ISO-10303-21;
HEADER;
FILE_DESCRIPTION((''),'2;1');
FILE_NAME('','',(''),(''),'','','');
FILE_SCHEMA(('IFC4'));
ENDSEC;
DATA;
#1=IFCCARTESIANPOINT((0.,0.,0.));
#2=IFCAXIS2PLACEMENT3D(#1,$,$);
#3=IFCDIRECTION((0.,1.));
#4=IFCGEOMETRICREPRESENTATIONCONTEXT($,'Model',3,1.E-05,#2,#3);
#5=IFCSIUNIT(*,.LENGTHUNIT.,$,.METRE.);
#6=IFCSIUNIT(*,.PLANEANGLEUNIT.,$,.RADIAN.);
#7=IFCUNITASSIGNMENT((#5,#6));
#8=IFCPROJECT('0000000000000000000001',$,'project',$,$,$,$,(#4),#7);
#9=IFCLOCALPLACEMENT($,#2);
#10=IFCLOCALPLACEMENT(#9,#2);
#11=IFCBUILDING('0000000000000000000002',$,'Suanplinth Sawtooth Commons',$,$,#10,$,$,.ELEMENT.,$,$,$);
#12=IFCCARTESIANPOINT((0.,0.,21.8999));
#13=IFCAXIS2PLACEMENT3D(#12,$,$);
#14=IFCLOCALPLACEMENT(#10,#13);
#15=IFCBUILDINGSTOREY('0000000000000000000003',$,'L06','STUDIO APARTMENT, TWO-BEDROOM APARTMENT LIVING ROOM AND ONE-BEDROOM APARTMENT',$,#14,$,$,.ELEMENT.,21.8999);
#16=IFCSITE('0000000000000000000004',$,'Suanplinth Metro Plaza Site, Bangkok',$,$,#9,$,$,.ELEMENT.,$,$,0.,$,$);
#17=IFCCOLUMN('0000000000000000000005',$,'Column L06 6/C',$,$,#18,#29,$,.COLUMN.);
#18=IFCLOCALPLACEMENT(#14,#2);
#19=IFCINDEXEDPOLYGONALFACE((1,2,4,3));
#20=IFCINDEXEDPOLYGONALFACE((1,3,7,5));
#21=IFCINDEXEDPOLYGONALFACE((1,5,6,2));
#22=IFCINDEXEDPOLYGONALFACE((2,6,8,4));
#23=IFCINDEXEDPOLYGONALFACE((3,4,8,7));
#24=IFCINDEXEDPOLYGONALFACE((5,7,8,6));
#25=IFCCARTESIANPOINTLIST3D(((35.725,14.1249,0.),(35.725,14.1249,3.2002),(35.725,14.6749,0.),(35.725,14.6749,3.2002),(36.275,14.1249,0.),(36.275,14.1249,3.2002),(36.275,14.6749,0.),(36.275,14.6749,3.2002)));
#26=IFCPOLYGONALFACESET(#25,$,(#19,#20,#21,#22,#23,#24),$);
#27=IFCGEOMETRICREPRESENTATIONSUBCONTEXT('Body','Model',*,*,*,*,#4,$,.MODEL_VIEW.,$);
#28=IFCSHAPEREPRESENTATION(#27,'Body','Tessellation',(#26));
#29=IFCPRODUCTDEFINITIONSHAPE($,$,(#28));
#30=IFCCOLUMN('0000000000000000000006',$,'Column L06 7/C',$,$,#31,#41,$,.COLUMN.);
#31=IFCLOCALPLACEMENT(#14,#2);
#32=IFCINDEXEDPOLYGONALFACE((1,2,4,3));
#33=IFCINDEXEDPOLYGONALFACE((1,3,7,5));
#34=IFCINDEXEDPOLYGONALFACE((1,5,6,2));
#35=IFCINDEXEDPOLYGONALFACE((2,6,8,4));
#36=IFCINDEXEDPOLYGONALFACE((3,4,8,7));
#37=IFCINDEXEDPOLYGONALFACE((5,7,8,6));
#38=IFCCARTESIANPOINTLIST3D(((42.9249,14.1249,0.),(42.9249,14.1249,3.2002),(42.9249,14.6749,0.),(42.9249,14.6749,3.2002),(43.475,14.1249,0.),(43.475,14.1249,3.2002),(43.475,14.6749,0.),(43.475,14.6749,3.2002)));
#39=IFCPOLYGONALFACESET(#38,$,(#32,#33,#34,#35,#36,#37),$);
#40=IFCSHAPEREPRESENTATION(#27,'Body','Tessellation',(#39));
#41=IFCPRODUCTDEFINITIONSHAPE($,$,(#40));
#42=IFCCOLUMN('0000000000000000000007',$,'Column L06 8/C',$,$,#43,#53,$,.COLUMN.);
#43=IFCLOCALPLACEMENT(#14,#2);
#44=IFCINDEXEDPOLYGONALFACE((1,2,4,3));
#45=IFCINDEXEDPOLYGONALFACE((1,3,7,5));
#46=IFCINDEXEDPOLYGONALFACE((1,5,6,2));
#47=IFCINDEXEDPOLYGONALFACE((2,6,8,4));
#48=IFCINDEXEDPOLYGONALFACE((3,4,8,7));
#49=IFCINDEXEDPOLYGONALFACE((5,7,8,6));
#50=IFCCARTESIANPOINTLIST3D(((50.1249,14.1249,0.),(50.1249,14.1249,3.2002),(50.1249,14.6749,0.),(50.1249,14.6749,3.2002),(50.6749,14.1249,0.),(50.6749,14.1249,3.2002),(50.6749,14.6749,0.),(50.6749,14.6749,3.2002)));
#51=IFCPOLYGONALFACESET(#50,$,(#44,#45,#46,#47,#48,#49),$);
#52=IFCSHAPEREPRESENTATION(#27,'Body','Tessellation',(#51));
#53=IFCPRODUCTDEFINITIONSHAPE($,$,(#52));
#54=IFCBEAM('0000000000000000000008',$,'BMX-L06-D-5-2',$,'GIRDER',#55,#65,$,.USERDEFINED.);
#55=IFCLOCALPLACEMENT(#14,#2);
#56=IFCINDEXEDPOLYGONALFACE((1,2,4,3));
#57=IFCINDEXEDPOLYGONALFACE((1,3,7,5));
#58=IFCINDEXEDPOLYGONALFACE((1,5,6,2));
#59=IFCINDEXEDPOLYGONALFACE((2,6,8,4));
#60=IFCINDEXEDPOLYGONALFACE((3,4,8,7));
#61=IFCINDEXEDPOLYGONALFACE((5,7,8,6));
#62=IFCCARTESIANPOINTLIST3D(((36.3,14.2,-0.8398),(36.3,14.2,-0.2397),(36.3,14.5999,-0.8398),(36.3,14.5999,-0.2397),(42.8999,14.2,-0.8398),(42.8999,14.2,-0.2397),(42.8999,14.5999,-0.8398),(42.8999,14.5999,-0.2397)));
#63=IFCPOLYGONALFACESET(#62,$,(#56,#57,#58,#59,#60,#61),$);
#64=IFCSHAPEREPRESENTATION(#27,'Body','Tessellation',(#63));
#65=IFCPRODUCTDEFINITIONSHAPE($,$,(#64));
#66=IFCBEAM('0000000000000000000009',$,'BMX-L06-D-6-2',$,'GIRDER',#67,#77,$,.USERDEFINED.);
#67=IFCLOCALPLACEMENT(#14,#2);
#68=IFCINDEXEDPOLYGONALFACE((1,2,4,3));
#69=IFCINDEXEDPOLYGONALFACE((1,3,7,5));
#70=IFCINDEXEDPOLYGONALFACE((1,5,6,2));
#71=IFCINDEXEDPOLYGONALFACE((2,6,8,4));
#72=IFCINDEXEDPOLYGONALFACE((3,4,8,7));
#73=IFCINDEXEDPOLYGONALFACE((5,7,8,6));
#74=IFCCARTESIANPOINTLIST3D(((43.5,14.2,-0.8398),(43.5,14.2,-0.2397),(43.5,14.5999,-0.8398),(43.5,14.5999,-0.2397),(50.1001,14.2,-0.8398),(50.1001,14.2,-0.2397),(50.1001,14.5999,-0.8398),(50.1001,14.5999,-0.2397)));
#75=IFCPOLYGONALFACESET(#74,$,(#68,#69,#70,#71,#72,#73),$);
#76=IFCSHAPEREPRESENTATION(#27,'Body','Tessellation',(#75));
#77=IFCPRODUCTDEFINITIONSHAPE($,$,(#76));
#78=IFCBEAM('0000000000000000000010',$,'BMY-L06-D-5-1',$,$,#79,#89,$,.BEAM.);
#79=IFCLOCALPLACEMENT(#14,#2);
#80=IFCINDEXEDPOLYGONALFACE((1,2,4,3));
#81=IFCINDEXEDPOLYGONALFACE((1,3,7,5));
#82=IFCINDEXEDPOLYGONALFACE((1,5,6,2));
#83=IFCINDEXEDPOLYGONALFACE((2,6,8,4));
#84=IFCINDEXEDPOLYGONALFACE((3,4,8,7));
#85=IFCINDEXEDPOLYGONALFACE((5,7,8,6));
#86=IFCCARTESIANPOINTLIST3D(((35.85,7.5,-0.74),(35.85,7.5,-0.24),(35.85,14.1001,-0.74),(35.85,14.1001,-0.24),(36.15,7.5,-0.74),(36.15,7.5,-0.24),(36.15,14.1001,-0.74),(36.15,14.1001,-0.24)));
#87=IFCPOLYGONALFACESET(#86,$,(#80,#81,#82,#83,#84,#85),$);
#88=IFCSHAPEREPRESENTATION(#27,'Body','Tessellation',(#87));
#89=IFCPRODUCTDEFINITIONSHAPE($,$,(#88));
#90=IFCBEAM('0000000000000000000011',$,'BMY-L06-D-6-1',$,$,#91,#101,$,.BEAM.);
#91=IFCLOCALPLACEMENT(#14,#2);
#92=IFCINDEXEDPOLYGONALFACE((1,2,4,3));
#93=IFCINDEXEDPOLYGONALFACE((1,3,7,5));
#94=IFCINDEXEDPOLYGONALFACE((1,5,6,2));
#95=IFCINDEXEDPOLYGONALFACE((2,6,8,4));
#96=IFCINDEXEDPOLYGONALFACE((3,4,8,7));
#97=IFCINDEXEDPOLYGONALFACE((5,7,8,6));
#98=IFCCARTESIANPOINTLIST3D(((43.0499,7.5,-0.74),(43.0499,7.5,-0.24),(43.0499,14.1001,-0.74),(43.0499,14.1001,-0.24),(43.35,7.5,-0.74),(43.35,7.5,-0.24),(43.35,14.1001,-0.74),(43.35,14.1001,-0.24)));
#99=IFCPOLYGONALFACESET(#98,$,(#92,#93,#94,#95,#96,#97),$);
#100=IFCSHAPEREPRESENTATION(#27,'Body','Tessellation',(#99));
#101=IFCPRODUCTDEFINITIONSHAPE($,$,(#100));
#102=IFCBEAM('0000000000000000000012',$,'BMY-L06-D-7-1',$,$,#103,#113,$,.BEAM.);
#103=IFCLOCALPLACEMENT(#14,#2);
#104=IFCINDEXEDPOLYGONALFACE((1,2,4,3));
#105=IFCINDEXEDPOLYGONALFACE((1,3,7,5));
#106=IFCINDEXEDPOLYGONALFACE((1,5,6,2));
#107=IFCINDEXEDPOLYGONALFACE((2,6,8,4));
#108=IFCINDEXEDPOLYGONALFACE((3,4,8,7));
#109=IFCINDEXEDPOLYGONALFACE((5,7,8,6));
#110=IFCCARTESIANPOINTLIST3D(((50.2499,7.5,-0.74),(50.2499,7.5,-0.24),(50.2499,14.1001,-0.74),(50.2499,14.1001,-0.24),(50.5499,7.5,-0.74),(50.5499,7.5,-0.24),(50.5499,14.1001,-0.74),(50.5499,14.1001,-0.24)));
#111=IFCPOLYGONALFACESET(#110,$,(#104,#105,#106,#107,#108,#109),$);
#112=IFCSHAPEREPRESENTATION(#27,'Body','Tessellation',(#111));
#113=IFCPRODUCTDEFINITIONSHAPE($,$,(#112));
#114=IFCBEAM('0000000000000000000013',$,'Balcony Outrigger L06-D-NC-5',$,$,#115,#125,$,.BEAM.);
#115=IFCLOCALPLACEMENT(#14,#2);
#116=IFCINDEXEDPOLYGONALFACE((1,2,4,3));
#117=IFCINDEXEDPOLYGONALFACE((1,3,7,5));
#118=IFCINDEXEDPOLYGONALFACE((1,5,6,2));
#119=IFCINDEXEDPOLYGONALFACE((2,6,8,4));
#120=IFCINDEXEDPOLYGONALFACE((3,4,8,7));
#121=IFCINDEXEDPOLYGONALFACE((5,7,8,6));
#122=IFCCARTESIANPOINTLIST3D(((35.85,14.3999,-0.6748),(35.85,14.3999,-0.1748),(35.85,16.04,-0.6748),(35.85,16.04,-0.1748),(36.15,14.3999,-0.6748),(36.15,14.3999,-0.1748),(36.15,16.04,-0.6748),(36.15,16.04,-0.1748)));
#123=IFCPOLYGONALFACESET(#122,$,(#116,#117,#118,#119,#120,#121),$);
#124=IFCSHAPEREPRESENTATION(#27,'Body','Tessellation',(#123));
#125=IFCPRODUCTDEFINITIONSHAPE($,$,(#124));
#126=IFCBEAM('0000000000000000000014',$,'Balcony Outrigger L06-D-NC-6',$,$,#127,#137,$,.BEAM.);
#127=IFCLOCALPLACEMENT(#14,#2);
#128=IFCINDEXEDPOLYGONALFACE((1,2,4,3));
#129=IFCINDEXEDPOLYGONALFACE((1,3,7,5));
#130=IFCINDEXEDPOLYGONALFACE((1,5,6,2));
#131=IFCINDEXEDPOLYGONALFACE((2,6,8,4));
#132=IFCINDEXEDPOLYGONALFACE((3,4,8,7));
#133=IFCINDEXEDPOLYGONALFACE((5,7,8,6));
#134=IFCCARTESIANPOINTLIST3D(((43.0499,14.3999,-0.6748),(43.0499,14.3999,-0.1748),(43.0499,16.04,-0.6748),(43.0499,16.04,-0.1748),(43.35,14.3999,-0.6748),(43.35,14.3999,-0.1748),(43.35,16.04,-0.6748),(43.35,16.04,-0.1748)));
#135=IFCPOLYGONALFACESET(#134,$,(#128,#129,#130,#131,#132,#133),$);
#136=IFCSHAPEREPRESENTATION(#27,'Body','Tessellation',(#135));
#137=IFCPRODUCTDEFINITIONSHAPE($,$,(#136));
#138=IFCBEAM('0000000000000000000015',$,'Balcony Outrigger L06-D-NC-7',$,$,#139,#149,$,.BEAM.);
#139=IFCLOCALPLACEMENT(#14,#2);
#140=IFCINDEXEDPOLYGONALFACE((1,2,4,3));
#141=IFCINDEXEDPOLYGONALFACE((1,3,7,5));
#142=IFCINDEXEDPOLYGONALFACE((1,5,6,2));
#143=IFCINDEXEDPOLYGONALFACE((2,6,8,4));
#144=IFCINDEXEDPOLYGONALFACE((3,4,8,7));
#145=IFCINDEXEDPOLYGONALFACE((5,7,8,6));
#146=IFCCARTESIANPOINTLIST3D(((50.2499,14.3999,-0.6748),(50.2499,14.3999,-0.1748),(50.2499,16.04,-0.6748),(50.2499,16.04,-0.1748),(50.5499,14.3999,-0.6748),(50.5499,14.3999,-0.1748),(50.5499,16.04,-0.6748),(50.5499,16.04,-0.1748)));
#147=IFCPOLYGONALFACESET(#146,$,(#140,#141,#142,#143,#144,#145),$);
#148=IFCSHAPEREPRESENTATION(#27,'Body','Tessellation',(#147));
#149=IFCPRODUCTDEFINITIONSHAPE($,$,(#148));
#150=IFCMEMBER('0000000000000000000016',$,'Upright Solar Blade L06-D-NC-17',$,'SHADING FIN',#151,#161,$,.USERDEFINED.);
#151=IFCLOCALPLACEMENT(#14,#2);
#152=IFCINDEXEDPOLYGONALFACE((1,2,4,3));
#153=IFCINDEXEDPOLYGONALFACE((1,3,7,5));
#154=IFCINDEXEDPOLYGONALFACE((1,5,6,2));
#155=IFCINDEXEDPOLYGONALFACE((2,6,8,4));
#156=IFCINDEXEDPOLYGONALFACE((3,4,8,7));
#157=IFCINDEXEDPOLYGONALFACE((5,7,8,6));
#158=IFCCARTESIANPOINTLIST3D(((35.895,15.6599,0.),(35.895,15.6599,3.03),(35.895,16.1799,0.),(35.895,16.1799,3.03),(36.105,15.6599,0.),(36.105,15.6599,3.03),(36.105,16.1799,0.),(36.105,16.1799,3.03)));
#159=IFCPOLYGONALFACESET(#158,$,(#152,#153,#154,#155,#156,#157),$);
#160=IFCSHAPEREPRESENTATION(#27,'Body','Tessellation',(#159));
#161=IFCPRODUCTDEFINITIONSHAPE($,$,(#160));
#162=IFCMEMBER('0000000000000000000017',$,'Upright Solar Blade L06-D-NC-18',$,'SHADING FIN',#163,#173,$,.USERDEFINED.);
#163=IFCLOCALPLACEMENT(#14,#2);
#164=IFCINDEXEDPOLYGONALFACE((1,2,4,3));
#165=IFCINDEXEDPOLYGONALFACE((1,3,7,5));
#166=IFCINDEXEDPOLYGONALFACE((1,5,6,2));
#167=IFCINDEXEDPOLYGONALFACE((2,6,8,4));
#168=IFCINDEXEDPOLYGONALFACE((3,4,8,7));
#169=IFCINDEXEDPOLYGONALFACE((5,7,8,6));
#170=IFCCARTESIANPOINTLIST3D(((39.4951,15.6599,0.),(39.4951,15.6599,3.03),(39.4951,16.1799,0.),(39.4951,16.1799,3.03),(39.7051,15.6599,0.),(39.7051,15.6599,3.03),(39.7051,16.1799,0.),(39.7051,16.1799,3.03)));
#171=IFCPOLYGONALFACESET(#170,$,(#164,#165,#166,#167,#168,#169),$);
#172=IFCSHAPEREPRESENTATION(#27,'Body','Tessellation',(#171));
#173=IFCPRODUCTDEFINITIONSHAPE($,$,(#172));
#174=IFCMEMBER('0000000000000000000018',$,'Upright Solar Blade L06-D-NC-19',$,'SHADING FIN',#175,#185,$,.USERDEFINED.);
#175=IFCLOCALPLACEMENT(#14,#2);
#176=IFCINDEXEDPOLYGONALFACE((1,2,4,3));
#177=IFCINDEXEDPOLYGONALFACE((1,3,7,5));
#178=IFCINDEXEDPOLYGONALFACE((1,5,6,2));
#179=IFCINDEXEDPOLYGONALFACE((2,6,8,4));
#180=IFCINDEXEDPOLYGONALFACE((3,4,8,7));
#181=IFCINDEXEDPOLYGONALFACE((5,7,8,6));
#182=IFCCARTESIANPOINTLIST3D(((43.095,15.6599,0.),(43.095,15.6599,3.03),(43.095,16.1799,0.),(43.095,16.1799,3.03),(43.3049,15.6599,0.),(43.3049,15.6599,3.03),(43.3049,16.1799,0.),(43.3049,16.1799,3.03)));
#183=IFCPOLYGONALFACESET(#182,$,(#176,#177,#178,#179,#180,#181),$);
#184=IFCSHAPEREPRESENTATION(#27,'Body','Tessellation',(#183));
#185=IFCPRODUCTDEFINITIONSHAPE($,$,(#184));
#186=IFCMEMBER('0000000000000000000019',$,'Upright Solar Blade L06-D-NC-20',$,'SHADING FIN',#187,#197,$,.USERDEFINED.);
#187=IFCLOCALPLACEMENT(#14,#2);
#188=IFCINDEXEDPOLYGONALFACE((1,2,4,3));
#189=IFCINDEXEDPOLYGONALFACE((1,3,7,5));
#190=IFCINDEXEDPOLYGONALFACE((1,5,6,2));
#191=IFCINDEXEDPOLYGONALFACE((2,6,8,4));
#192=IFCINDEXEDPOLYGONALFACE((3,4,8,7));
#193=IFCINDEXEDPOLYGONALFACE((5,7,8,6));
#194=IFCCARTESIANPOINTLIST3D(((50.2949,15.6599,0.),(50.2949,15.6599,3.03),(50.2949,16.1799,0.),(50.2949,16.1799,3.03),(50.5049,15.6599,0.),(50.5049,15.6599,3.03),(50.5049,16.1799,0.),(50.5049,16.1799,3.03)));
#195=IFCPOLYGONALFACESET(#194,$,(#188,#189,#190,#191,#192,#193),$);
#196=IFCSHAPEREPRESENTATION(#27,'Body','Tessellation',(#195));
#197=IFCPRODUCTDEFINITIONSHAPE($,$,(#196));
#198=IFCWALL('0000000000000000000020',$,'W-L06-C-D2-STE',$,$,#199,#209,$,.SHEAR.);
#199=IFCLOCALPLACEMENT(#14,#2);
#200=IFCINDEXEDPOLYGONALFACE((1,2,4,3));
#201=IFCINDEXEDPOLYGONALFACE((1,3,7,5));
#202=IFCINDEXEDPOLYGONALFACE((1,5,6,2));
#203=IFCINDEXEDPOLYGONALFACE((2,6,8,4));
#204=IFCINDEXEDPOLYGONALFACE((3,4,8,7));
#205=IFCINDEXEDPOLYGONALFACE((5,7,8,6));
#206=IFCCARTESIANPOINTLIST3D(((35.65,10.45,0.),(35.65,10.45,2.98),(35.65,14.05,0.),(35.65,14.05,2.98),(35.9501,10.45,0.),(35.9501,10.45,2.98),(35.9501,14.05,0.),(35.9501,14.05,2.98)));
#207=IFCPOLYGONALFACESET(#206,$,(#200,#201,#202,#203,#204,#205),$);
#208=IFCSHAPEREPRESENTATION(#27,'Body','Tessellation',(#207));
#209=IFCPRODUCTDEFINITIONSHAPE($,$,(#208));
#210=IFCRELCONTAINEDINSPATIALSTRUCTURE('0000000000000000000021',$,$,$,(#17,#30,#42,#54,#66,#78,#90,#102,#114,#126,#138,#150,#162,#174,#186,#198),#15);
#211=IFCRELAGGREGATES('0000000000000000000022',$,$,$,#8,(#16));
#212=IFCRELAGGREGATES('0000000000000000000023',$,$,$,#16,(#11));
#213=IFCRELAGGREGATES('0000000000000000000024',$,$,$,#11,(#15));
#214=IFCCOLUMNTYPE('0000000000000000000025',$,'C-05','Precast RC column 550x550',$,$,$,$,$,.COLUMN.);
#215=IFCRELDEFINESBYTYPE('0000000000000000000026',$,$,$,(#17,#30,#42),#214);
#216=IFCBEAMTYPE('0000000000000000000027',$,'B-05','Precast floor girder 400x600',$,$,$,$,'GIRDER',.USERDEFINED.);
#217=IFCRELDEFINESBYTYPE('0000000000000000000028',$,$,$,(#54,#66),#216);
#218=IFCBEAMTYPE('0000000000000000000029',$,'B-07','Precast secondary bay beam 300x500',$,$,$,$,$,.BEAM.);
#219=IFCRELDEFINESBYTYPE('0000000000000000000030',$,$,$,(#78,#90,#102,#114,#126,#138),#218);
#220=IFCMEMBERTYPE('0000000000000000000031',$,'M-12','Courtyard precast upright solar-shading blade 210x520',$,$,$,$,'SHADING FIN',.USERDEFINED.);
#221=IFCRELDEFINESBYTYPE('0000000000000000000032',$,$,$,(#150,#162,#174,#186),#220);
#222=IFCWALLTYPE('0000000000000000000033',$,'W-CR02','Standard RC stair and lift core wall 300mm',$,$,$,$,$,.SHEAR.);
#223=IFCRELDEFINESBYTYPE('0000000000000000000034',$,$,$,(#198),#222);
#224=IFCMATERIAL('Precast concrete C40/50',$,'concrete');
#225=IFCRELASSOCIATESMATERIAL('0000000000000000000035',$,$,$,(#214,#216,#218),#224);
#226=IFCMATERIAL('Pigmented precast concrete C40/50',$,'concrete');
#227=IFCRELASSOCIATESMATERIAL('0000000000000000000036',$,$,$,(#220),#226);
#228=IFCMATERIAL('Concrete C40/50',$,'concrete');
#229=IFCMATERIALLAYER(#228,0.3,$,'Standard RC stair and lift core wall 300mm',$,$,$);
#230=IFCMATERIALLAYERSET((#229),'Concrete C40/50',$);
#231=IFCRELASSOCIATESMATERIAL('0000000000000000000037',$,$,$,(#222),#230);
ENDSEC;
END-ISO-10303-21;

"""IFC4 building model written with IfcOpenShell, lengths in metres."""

from ifc_helpers import new_model, si_unit, direction, frame, frame_2d, origin, origin_2d, place, context, subcontext, project, spatial, rectangle, extrude, material, layer, layer_set, material_profile, profile_set, type_object, element, save


model = new_model("IFC4")

# Units and contexts
model_context = context("Model", 3, precision=1e-05, world=origin(), true_north=direction((0.0, 1.0)))
body_context = subcontext(model_context, "Body", "Model", "MODEL_VIEW")
ifc_project = project(units=[si_unit("LENGTHUNIT", "METRE"), si_unit("PLANEANGLEUNIT", "RADIAN")], contexts=[model_context])

# Site, building, storey
site_placement = place(None, origin())
site = spatial("IfcSite", under=ifc_project, at=site_placement, Name="Suanplinth Metro Plaza Site, Bangkok", CompositionType="ELEMENT", RefElevation=0.0)
building_placement = place(site_placement, origin())
building = spatial("IfcBuilding", under=site, at=building_placement, Name="Suanplinth Sawtooth Commons", CompositionType="ELEMENT")
storey_placement = place(building_placement, frame((0.0, 0.0, 21.8999)))
storey = spatial("IfcBuildingStorey", under=building, at=storey_placement, Name="L06", Description="STUDIO APARTMENT, TWO-BEDROOM APARTMENT LIVING ROOM AND ONE-BEDROOM APARTMENT", CompositionType="ELEMENT", Elevation=21.8999)

# Columns
ifc_material_1 = material(Name="Precast concrete C40/50", Category="concrete")
ifc_material_profile_1 = material_profile(ifc_material_1, rectangle(XDim=0.55, YDim=0.55, at=origin_2d()), Name="PC-COL 550x550")
ifc_profile_set_1 = profile_set([ifc_material_profile_1], Name="Precast concrete C40/50")
column_type = type_object("IfcColumnType", Name="C-05", Description="Precast RC column 550x550", PredefinedType="COLUMN", material=ifc_profile_set_1)
for number, where, z_axis, x_axis, name in (
    (1, (36.0, 14.3999, 0.0), (0.0, 0.0, 1.0), (1.0, 0.0, 0.0), "Column L06 6/C"),
    (2, (43.2, 14.3999, 0.0), (0.0, 0.0, 1.0), (1.0, 0.0, 0.0), "Column L06 7/C"),
    (3, (50.3999, 14.3999, 0.0), (0.0, 0.0, 1.0), (1.0, 0.0, 0.0), "Column L06 8/C"),
):
    element("IfcColumn", number, at=place(storey_placement, frame(where, z_axis=z_axis, x_axis=x_axis)), inside=storey, type_object=column_type, Name=name, PredefinedType="COLUMN", context=body_context, shape_type="SweptSolid", body=[
        extrude(rectangle(XDim=0.55, YDim=0.55, at=origin_2d()), origin(), (0.0, 0.0, 1.0), 3.2002),
    ])

# Beams
ifc_material_profile_2 = material_profile(ifc_material_1, rectangle(XDim=0.3999, YDim=0.6001, at=origin_2d()), Name="PC-GDR 400x600")
ifc_profile_set_2 = profile_set([ifc_material_profile_2], Name="Precast concrete C40/50")
beam_type_1 = type_object("IfcBeamType", Name="B-05", Description="Precast floor girder 400x600", ElementType="GIRDER", PredefinedType="USERDEFINED", material=ifc_profile_set_2)
beam_1_placement = place(storey_placement, frame((36.3, 14.3999, -0.5398), z_axis=(1.0, 0.0, 0.0), x_axis=(0.0, 1.0, 0.0)))
element("IfcBeam", 4, at=beam_1_placement, inside=storey, type_object=beam_type_1, Name="BMX-L06-D-5-2", ObjectType="GIRDER", PredefinedType="USERDEFINED", context=body_context, shape_type="SweptSolid", body=[
    extrude(rectangle(XDim=0.3999, YDim=0.6001, at=origin_2d()), origin(), (0.0, 0.0, 1.0), 6.5999),
])
beam_2_placement = place(storey_placement, frame((43.5, 14.3999, -0.5398), z_axis=(1.0, 0.0, 0.0), x_axis=(0.0, 1.0, 0.0)))
element("IfcBeam", 5, at=beam_2_placement, inside=storey, type_object=beam_type_1, Name="BMX-L06-D-6-2", ObjectType="GIRDER", PredefinedType="USERDEFINED", context=body_context, shape_type="SweptSolid", body=[
    extrude(rectangle(XDim=0.3999, YDim=0.6001, at=origin_2d()), origin(), (0.0, 0.0, 1.0), 6.6001),
])
ifc_material_profile_3 = material_profile(ifc_material_1, rectangle(XDim=0.3, YDim=0.5, at=origin_2d()), Name="PC-BM 300x500")
ifc_profile_set_3 = profile_set([ifc_material_profile_3], Name="Precast concrete C40/50")
beam_type_2 = type_object("IfcBeamType", Name="B-07", Description="Precast secondary bay beam 300x500", PredefinedType="BEAM", material=ifc_profile_set_3)
for number, where, z_axis, x_axis, name in (
    (6, (36.0, 7.5, -0.49), (0.0, 1.0, 0.0), (-1.0, 0.0, 0.0), "BMY-L06-D-5-1"),
    (7, (43.2, 7.5, -0.49), (0.0, 1.0, 0.0), (-1.0, 0.0, 0.0), "BMY-L06-D-6-1"),
    (8, (50.3999, 7.5, -0.49), (0.0, 1.0, 0.0), (-1.0, 0.0, 0.0), "BMY-L06-D-7-1"),
):
    element("IfcBeam", number, at=place(storey_placement, frame(where, z_axis=z_axis, x_axis=x_axis)), inside=storey, type_object=beam_type_2, Name=name, PredefinedType="BEAM", context=body_context, shape_type="SweptSolid", body=[
        extrude(rectangle(XDim=0.3, YDim=0.5, at=origin_2d()), origin(), (0.0, 0.0, 1.0), 6.6001),
    ])
for number, where, z_axis, x_axis, name in (
    (9, (36.0, 14.3999, -0.4248), (0.0, 1.0, 0.0), (-1.0, 0.0, 0.0), "Balcony Outrigger L06-D-NC-5"),
    (10, (43.2, 14.3999, -0.4248), (0.0, 1.0, 0.0), (-1.0, 0.0, 0.0), "Balcony Outrigger L06-D-NC-6"),
    (11, (50.3999, 14.3999, -0.4248), (0.0, 1.0, 0.0), (-1.0, 0.0, 0.0), "Balcony Outrigger L06-D-NC-7"),
):
    element("IfcBeam", number, at=place(storey_placement, frame(where, z_axis=z_axis, x_axis=x_axis)), inside=storey, type_object=beam_type_2, Name=name, PredefinedType="BEAM", context=body_context, shape_type="SweptSolid", body=[
        extrude(rectangle(XDim=0.3, YDim=0.5, at=origin_2d()), origin(), (0.0, 0.0, 1.0), 1.6401),
    ])

# Members
ifc_material_2 = material(Name="Pigmented precast concrete C40/50", Category="concrete")
ifc_material_profile_4 = material_profile(ifc_material_2, rectangle(XDim=0.21, YDim=0.52, at=origin_2d()), Name="PC-FIN 210x520")
ifc_profile_set_4 = profile_set([ifc_material_profile_4], Name="Pigmented precast concrete C40/50")
member_type = type_object("IfcMemberType", Name="M-12", Description="Courtyard precast upright solar-shading blade 210x520", ElementType="SHADING FIN", PredefinedType="USERDEFINED", material=ifc_profile_set_4)
for number, where, z_axis, x_axis, name in (
    (12, (36.0, 15.9199, 0.0), (0.0, 0.0, 1.0), (1.0, 0.0, 0.0), "Upright Solar Blade L06-D-NC-17"),
    (13, (39.6001, 15.9199, 0.0), (0.0, 0.0, 1.0), (1.0, 0.0, 0.0), "Upright Solar Blade L06-D-NC-18"),
    (14, (43.2, 15.9199, 0.0), (0.0, 0.0, 1.0), (1.0, 0.0, 0.0), "Upright Solar Blade L06-D-NC-19"),
    (15, (50.3999, 15.9199, 0.0), (0.0, 0.0, 1.0), (1.0, 0.0, 0.0), "Upright Solar Blade L06-D-NC-20"),
):
    element("IfcMember", number, at=place(storey_placement, frame(where, z_axis=z_axis, x_axis=x_axis)), inside=storey, type_object=member_type, Name=name, ObjectType="SHADING FIN", PredefinedType="USERDEFINED", context=body_context, shape_type="SweptSolid", body=[
        extrude(rectangle(XDim=0.21, YDim=0.52, at=origin_2d()), origin(), (0.0, 0.0, 1.0), 3.03),
    ])

# Wall
ifc_material_3 = material(Name="Concrete C40/50", Category="concrete")
ifc_layer_1 = layer(ifc_material_3, 0.3, Name="Standard RC stair and lift core wall 300mm")
ifc_layer_set_1 = layer_set([ifc_layer_1], Name="Concrete C40/50")
wall_type_1 = type_object("IfcWallType", Name="W-CR02", Description="Standard RC stair and lift core wall 300mm", PredefinedType="SHEAR", material=ifc_layer_set_1)
wall_1_placement = place(storey_placement, frame((35.8, 10.45, 0.0), z_axis=(0.0, 0.0, 1.0), x_axis=(0.0, 1.0, 0.0)))
element("IfcWall", 16, at=wall_1_placement, inside=storey, type_object=wall_type_1, Name="W-L06-C-D2-STE", PredefinedType="SHEAR", context=body_context, shape_type="SweptSolid", body=[
    extrude(rectangle(XDim=3.6001, YDim=0.3, at=frame_2d((1.8, 0.0))), origin(), (0.0, 0.0, 1.0), 2.98),
])

save(model, "model.ifc")
